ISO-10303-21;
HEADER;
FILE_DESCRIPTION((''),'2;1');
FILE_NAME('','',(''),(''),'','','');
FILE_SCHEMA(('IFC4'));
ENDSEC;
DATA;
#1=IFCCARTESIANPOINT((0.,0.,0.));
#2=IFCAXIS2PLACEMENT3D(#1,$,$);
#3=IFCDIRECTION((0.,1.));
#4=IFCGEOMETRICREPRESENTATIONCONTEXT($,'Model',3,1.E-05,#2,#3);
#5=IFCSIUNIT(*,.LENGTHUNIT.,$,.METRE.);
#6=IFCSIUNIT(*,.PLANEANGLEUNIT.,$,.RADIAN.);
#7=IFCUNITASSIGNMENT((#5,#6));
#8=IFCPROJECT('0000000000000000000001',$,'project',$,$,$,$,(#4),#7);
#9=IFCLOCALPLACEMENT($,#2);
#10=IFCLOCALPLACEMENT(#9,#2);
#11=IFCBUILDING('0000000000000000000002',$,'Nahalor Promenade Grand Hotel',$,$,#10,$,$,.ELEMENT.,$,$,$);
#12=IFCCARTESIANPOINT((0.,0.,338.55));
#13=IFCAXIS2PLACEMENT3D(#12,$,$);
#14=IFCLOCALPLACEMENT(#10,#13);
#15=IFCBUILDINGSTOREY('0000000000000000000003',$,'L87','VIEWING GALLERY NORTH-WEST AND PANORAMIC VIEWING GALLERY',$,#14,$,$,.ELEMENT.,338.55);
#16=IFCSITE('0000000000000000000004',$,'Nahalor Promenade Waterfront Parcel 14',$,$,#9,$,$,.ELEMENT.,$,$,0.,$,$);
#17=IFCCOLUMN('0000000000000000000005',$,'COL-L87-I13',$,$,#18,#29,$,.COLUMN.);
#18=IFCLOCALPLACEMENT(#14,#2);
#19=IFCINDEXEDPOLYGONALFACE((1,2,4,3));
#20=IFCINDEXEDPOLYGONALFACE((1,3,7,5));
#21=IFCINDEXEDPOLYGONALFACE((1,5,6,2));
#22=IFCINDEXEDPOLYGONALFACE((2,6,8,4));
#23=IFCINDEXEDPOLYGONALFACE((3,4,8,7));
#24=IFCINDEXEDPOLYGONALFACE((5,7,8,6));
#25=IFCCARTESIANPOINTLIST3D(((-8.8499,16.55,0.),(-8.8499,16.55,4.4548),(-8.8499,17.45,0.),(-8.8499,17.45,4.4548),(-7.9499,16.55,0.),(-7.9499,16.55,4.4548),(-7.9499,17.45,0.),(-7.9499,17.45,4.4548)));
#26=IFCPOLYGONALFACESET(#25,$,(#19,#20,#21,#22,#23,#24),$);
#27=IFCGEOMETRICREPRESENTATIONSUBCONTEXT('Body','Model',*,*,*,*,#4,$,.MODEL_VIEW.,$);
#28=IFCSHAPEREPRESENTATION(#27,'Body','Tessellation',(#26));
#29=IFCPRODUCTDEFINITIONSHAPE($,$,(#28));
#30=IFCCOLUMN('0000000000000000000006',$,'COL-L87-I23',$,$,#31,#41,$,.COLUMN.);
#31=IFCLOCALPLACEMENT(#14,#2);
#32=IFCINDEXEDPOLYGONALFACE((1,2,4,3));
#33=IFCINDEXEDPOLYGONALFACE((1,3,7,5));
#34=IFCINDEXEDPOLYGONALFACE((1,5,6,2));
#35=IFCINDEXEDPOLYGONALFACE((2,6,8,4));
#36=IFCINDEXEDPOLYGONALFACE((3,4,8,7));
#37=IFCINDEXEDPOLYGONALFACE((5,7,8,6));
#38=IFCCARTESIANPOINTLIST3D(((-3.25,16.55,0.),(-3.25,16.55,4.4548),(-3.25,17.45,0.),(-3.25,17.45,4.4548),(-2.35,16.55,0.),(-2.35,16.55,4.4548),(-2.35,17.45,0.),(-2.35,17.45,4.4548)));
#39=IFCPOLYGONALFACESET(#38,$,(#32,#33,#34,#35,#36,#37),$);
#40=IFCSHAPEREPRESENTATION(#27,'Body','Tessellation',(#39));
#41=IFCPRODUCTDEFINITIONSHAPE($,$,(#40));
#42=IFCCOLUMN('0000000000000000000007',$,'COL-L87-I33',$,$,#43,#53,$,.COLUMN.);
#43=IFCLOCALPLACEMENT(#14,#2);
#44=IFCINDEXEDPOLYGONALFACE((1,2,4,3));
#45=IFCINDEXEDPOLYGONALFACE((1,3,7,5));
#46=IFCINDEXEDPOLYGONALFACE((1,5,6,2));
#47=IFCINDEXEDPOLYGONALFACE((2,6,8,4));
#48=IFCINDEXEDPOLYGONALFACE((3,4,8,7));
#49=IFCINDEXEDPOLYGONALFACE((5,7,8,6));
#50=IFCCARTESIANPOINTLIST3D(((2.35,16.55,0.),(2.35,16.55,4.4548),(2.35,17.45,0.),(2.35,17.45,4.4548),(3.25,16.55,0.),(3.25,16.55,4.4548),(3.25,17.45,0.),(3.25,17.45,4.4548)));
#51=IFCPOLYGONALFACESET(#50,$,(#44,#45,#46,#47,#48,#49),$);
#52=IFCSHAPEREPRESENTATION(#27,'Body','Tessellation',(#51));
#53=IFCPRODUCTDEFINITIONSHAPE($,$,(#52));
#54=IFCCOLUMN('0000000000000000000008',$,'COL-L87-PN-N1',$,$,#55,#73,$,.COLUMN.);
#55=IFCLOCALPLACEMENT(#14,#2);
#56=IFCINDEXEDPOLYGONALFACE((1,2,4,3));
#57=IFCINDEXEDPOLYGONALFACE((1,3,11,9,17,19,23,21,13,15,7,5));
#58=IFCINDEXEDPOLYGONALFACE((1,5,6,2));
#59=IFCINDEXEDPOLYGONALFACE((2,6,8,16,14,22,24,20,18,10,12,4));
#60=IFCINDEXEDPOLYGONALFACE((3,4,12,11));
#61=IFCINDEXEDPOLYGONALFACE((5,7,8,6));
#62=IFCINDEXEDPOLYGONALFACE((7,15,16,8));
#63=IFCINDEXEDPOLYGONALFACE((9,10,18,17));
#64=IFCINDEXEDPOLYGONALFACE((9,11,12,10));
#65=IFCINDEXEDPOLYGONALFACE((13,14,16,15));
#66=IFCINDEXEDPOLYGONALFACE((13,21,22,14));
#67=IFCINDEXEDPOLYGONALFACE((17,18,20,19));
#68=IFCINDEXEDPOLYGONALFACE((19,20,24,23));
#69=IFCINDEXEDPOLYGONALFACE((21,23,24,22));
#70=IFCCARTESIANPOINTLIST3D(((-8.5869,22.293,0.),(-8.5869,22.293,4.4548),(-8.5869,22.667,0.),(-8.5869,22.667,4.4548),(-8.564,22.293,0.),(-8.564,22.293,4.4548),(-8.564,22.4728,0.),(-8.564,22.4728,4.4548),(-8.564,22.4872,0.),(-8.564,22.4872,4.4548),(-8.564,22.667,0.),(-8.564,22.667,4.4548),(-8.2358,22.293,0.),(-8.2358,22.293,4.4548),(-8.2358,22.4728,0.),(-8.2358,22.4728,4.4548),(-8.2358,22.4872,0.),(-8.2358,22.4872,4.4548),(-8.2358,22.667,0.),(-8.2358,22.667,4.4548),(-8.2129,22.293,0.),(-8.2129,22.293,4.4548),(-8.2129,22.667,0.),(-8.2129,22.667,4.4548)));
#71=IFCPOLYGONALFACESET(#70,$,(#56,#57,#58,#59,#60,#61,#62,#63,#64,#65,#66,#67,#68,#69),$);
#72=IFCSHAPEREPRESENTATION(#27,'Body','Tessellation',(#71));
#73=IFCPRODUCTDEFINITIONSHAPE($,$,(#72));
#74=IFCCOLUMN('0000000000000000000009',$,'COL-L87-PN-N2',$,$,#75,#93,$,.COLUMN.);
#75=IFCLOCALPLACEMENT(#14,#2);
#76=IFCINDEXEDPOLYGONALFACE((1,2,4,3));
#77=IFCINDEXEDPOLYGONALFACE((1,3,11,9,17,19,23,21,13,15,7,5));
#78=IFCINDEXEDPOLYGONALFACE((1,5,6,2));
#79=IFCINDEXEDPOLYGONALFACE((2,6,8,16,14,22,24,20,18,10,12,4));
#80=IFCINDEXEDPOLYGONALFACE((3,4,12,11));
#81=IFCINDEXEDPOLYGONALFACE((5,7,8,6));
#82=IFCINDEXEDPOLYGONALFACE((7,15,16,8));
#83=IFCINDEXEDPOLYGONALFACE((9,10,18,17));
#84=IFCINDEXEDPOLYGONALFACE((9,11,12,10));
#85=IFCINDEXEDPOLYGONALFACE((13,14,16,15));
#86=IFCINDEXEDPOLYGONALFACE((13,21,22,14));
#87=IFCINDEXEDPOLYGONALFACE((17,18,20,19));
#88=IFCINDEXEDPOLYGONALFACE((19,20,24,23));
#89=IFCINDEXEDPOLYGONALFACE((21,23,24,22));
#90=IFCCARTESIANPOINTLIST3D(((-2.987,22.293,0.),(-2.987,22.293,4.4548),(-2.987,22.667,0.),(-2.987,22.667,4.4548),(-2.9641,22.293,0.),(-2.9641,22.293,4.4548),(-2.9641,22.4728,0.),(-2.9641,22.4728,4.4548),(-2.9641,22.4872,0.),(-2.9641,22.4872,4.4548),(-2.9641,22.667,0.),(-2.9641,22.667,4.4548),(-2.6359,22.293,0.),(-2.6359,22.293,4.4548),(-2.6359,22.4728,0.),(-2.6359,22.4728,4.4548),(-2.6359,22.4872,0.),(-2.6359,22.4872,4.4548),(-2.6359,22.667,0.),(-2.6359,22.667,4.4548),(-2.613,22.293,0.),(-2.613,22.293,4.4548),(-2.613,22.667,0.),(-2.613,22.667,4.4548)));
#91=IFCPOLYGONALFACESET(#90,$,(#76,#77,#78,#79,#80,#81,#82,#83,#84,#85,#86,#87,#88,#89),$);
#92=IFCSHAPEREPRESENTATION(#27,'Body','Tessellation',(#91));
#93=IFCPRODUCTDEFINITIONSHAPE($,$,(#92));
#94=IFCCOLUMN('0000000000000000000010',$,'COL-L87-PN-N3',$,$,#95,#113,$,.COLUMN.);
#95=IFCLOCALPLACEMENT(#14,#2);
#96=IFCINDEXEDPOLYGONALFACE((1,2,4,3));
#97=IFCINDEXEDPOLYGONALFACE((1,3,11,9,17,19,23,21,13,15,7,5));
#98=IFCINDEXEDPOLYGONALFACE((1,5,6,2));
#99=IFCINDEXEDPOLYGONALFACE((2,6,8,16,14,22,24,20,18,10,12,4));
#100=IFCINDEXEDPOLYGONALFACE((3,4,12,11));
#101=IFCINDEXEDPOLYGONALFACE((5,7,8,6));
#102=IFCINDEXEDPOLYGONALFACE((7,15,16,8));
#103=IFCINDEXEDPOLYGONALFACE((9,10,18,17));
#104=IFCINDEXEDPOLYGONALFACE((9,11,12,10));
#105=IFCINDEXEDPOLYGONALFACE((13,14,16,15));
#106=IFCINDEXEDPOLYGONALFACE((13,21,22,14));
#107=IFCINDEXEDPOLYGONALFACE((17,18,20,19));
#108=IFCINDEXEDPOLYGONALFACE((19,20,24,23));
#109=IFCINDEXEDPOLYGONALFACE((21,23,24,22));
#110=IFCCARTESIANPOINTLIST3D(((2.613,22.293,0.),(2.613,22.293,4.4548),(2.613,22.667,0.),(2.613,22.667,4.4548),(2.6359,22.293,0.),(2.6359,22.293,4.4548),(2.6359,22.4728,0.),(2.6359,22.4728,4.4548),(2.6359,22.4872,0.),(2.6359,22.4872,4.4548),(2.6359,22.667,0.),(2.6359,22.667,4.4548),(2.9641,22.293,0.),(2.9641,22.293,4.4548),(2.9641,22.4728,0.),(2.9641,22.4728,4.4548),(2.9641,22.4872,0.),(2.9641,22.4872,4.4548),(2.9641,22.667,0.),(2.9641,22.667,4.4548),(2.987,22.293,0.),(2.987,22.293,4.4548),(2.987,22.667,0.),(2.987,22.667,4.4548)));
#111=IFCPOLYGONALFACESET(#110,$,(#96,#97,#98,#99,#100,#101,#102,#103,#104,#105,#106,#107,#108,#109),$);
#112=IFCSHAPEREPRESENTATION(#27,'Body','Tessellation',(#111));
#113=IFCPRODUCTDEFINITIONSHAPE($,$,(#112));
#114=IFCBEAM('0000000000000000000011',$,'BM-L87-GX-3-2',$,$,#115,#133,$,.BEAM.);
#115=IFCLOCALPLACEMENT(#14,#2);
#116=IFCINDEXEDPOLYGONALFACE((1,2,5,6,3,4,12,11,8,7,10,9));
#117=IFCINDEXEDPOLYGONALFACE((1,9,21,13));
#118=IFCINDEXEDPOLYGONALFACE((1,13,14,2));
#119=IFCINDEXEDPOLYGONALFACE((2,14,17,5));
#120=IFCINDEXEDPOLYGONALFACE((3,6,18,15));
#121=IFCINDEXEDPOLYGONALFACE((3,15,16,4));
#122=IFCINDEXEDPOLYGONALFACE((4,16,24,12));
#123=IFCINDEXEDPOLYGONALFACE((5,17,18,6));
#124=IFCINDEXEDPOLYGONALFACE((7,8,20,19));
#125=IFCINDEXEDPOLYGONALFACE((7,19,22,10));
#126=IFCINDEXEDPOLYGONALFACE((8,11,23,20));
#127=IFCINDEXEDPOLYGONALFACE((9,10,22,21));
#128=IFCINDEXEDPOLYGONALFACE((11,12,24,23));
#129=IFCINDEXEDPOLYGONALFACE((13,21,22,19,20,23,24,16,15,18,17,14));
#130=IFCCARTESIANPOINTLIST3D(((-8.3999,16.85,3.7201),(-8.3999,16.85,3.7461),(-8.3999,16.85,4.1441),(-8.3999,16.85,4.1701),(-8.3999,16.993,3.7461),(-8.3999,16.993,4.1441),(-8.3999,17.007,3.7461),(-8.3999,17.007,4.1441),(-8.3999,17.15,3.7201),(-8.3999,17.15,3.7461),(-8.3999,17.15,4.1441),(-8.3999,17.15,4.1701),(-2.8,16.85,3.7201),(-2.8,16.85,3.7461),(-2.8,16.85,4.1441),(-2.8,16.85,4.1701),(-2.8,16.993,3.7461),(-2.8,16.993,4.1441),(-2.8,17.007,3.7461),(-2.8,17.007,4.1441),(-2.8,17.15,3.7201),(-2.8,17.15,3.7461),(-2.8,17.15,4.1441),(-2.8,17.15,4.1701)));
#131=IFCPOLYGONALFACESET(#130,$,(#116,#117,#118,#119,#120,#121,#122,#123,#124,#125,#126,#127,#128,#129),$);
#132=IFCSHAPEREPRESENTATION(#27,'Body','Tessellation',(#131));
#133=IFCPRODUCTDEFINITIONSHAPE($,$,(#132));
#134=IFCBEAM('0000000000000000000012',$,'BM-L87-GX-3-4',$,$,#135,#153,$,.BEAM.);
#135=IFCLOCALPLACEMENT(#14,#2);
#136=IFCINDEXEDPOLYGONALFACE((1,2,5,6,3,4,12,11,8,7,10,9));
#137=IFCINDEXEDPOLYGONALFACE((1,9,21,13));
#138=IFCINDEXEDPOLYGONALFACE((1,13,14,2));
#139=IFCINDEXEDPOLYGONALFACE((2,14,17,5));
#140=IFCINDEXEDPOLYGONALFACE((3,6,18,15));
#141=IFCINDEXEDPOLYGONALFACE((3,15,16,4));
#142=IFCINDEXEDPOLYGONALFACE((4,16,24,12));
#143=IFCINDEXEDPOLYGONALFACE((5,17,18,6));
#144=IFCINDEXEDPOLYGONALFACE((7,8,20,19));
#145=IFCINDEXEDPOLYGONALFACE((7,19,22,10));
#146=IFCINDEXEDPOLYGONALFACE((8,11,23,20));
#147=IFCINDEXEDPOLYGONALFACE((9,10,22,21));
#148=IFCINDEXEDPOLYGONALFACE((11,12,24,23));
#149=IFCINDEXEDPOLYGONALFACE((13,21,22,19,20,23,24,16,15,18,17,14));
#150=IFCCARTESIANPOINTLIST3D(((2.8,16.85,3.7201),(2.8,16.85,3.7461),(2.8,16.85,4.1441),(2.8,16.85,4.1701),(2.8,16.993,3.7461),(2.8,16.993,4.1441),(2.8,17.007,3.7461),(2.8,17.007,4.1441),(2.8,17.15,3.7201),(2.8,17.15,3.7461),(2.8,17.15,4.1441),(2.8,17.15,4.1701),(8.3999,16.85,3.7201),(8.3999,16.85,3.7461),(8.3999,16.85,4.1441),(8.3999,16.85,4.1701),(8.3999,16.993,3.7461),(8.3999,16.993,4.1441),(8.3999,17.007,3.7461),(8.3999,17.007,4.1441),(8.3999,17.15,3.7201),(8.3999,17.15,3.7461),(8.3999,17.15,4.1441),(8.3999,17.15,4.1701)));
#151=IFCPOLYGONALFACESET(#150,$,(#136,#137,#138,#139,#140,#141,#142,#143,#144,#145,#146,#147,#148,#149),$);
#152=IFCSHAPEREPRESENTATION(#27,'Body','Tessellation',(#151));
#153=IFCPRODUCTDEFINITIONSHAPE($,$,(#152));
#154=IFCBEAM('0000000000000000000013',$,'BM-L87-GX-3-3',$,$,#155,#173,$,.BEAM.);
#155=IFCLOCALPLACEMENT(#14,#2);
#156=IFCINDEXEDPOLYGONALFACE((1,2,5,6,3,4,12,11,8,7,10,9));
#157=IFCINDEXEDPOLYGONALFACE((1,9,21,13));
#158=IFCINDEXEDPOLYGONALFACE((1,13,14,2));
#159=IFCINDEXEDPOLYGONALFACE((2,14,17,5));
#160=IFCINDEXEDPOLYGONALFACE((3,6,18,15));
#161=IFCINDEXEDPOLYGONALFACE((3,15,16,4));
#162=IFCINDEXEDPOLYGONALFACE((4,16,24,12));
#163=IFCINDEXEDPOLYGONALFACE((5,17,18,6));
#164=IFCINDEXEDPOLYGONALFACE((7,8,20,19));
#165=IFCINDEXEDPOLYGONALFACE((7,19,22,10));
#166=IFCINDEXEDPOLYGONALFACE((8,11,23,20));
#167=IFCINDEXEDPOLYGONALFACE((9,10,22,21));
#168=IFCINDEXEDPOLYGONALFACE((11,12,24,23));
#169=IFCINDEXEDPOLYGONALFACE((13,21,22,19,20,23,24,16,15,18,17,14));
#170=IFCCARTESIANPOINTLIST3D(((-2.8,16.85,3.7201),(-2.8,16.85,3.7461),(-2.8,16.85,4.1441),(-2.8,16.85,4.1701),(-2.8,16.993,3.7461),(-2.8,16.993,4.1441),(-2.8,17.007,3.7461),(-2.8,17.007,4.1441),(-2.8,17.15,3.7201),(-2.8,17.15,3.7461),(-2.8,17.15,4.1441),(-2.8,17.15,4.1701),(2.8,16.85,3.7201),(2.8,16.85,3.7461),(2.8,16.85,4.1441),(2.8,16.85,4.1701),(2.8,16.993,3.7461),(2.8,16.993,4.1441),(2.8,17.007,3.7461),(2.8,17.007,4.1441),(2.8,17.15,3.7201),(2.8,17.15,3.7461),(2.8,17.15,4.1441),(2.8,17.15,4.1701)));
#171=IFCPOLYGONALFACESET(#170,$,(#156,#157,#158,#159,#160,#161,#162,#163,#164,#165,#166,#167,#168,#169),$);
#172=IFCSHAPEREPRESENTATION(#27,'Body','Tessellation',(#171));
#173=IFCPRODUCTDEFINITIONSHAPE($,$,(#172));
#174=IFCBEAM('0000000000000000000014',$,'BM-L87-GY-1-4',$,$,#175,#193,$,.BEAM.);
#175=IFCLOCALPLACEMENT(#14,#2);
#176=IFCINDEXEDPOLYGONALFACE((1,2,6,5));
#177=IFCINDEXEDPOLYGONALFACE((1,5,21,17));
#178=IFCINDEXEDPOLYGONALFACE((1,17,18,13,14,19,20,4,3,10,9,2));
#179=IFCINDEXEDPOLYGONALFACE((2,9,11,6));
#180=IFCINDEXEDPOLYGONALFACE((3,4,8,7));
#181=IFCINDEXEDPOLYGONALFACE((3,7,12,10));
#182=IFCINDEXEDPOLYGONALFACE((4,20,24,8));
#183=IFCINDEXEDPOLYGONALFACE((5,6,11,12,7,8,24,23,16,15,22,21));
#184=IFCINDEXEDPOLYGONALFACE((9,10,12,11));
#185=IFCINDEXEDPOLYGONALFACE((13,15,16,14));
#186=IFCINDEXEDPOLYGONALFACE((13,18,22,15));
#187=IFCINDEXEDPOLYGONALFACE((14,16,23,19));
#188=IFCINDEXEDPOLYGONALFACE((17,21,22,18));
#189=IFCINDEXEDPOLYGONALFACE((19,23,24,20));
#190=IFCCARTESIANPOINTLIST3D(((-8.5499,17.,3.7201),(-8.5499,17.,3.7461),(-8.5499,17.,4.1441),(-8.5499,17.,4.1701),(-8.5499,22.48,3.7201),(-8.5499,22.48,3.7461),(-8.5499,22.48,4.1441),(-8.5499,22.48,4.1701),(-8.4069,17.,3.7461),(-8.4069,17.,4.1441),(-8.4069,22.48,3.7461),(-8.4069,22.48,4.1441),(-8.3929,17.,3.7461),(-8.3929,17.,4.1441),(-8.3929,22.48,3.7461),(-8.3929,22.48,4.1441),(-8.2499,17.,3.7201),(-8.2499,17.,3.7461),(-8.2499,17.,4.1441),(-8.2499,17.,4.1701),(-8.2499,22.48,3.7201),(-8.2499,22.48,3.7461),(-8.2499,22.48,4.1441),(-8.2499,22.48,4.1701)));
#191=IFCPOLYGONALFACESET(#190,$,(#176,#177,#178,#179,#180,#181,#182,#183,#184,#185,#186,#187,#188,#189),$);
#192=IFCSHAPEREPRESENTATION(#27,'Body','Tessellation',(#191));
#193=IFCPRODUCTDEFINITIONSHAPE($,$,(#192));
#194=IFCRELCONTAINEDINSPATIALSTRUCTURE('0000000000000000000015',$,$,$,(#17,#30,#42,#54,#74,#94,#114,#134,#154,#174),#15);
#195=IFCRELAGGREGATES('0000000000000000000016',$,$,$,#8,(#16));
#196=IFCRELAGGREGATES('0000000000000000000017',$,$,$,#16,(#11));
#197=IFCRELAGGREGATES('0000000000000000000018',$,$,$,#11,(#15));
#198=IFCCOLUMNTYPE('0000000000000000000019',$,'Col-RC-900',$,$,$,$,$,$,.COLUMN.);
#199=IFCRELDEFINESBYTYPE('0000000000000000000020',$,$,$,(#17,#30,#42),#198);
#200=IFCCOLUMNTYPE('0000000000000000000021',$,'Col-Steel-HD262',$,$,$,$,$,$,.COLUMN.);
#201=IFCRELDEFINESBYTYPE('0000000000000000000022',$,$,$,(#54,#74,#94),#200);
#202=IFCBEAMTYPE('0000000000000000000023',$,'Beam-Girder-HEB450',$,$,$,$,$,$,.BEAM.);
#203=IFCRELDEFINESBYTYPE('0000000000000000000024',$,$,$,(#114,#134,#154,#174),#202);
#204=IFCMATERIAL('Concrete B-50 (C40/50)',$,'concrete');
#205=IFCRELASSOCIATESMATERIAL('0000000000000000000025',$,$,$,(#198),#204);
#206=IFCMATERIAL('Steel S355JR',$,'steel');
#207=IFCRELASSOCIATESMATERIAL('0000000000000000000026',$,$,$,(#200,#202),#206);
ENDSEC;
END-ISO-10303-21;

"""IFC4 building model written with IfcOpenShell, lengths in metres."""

from ifc_helpers import new_model, si_unit, direction, frame, origin, origin_2d, place, context, subcontext, project, spatial, rectangle, i_section, extrude, source, transform, mapped, material, material_profile, profile_set, type_object, element, save


model = new_model("IFC4")

# Units and contexts
model_context = context("Model", 3, precision=1e-05, world=origin(), true_north=direction((0.0, 1.0)))
body_context = subcontext(model_context, "Body", "Model", "MODEL_VIEW")
ifc_project = project(units=[si_unit("LENGTHUNIT", "METRE"), si_unit("PLANEANGLEUNIT", "RADIAN")], contexts=[model_context])

# Site, building, storey
site_placement = place(None, origin())
site = spatial("IfcSite", under=ifc_project, at=site_placement, Name="Nahalor Promenade Waterfront Parcel 14", CompositionType="ELEMENT", RefElevation=0.0)
building_placement = place(site_placement, origin())
building = spatial("IfcBuilding", under=site, at=building_placement, Name="Nahalor Promenade Grand Hotel", CompositionType="ELEMENT")
storey_placement = place(building_placement, frame((0.0, 0.0, 338.55)))
storey = spatial("IfcBuildingStorey", under=building, at=storey_placement, Name="L87", Description="VIEWING GALLERY NORTH-WEST AND PANORAMIC VIEWING GALLERY", CompositionType="ELEMENT", Elevation=338.55)

# Columns
ifc_material_1 = material(Name="Concrete B-50 (C40/50)", Category="concrete")
ifc_material_profile_1 = material_profile(ifc_material_1, rectangle(XDim=0.9, YDim=0.9, at=origin_2d()), Name="RC 900x900")
ifc_profile_set_1 = profile_set([ifc_material_profile_1], Name="Concrete B-50 (C40/50)")
column_type_1 = type_object("IfcColumnType", Name="Col-RC-900", PredefinedType="COLUMN", material=ifc_profile_set_1)
shared_shape_1 = source(origin(), body_context, "Body", "SweptSolid", [
    extrude(rectangle(XDim=0.9, YDim=0.9, at=origin_2d()), origin(), (0.0, 0.0, 1.0), 4.4548),
])
for number, where, z_axis, x_axis, name in (
    (1, (-8.3999, 17.0, 0.0), (0.0, 0.0, 1.0), (1.0, 0.0, 0.0), "COL-L87-I13"),
    (2, (-2.8, 17.0, 0.0), (0.0, 0.0, 1.0), (1.0, 0.0, 0.0), "COL-L87-I23"),
    (3, (2.8, 17.0, 0.0), (0.0, 0.0, 1.0), (1.0, 0.0, 0.0), "COL-L87-I33"),
):
    element("IfcColumn", number, at=place(storey_placement, frame(where, z_axis=z_axis, x_axis=x_axis)), inside=storey, type_object=column_type_1, Name=name, PredefinedType="COLUMN", context=body_context, shape_type="MappedRepresentation", body=[
        mapped(shared_shape_1, transform((0.0, 0.0, 0.0), scale=1.0)),
    ])
ifc_material_2 = material(Name="Steel S355JR", Category="steel")
ifc_material_profile_2 = material_profile(ifc_material_2, i_section(OverallWidth=0.374, OverallDepth=0.374, WebThickness=0.0144, FlangeThickness=0.0229, at=origin_2d()), Name="HD 360x262")
ifc_profile_set_2 = profile_set([ifc_material_profile_2], Name="Steel S355JR")
column_type_2 = type_object("IfcColumnType", Name="Col-Steel-HD262", PredefinedType="COLUMN", material=ifc_profile_set_2)
shared_shape_2 = source(origin(), body_context, "Body", "SweptSolid", [
    extrude(i_section(OverallWidth=0.374, OverallDepth=0.374, WebThickness=0.0144, FlangeThickness=0.0229, at=origin_2d()), origin(), (0.0, 0.0, 1.0), 4.4548),
])
for number, where, z_axis, x_axis, name in (
    (4, (-8.3999, 22.48, 0.0), (0.0, 0.0, 1.0), (0.0, 1.0, 0.0), "COL-L87-PN-N1"),
    (5, (-2.8, 22.48, 0.0), (0.0, 0.0, 1.0), (0.0, 1.0, 0.0), "COL-L87-PN-N2"),
    (6, (2.8, 22.48, 0.0), (0.0, 0.0, 1.0), (0.0, 1.0, 0.0), "COL-L87-PN-N3"),
):
    element("IfcColumn", number, at=place(storey_placement, frame(where, z_axis=z_axis, x_axis=x_axis)), inside=storey, type_object=column_type_2, Name=name, PredefinedType="COLUMN", context=body_context, shape_type="MappedRepresentation", body=[
        mapped(shared_shape_2, transform((0.0, 0.0, 0.0), scale=1.0)),
    ])

# Beams
ifc_material_profile_3 = material_profile(ifc_material_2, i_section(OverallWidth=0.3, OverallDepth=0.45, WebThickness=0.014, FlangeThickness=0.026, at=origin_2d()), Name="HEB 450")
ifc_profile_set_3 = profile_set([ifc_material_profile_3], Name="Steel S355JR")
beam_type_1 = type_object("IfcBeamType", Name="Beam-Girder-HEB450", PredefinedType="BEAM", material=ifc_profile_set_3)
shared_shape_3 = source(origin(), body_context, "Body", "SweptSolid", [
    extrude(i_section(OverallWidth=0.3, OverallDepth=0.45, WebThickness=0.014, FlangeThickness=0.026, at=origin_2d()), origin(), (0.0, 0.0, 1.0), 5.5999),
])
for number, where, z_axis, x_axis, name in (
    (7, (-8.3999, 17.0, 3.9451), (1.0, 0.0, 0.0), (0.0, 1.0, 0.0), "BM-L87-GX-3-2"),
    (8, (2.8, 17.0, 3.9451), (1.0, 0.0, 0.0), (0.0, 1.0, 0.0), "BM-L87-GX-3-4"),
):
    element("IfcBeam", number, at=place(storey_placement, frame(where, z_axis=z_axis, x_axis=x_axis)), inside=storey, type_object=beam_type_1, Name=name, PredefinedType="BEAM", context=body_context, shape_type="MappedRepresentation", body=[
        mapped(shared_shape_3, transform((0.0, 0.0, 0.0), scale=1.0)),
    ])
shared_shape_4 = source(origin(), body_context, "Body", "SweptSolid", [
    extrude(i_section(OverallWidth=0.3, OverallDepth=0.45, WebThickness=0.014, FlangeThickness=0.026, at=origin_2d()), origin(), (0.0, 0.0, 1.0), 5.6001),
])
beam_1_placement = place(storey_placement, frame((-2.8, 17.0, 3.9451), z_axis=(1.0, 0.0, 0.0), x_axis=(0.0, 1.0, 0.0)))
element("IfcBeam", 9, at=beam_1_placement, inside=storey, type_object=beam_type_1, Name="BM-L87-GX-3-3", PredefinedType="BEAM", context=body_context, shape_type="MappedRepresentation", body=[
    mapped(shared_shape_4, transform((0.0, 0.0, 0.0), scale=1.0)),
])
shared_shape_5 = source(origin(), body_context, "Body", "SweptSolid", [
    extrude(i_section(OverallWidth=0.3, OverallDepth=0.45, WebThickness=0.014, FlangeThickness=0.026, at=origin_2d()), origin(), (0.0, 0.0, 1.0), 5.48),
])
for number, where, z_axis, x_axis, name in (
    (10, (-8.3999, 17.0, 3.9451), (0.0, 1.0, 0.0), (-1.0, 0.0, 0.0), "BM-L87-GY-1-4"),
):
    element("IfcBeam", number, at=place(storey_placement, frame(where, z_axis=z_axis, x_axis=x_axis)), inside=storey, type_object=beam_type_1, Name=name, PredefinedType="BEAM", context=body_context, shape_type="MappedRepresentation", body=[
        mapped(shared_shape_5, transform((0.0, 0.0, 0.0), scale=1.0)),
    ])

save(model, "model.ifc")
